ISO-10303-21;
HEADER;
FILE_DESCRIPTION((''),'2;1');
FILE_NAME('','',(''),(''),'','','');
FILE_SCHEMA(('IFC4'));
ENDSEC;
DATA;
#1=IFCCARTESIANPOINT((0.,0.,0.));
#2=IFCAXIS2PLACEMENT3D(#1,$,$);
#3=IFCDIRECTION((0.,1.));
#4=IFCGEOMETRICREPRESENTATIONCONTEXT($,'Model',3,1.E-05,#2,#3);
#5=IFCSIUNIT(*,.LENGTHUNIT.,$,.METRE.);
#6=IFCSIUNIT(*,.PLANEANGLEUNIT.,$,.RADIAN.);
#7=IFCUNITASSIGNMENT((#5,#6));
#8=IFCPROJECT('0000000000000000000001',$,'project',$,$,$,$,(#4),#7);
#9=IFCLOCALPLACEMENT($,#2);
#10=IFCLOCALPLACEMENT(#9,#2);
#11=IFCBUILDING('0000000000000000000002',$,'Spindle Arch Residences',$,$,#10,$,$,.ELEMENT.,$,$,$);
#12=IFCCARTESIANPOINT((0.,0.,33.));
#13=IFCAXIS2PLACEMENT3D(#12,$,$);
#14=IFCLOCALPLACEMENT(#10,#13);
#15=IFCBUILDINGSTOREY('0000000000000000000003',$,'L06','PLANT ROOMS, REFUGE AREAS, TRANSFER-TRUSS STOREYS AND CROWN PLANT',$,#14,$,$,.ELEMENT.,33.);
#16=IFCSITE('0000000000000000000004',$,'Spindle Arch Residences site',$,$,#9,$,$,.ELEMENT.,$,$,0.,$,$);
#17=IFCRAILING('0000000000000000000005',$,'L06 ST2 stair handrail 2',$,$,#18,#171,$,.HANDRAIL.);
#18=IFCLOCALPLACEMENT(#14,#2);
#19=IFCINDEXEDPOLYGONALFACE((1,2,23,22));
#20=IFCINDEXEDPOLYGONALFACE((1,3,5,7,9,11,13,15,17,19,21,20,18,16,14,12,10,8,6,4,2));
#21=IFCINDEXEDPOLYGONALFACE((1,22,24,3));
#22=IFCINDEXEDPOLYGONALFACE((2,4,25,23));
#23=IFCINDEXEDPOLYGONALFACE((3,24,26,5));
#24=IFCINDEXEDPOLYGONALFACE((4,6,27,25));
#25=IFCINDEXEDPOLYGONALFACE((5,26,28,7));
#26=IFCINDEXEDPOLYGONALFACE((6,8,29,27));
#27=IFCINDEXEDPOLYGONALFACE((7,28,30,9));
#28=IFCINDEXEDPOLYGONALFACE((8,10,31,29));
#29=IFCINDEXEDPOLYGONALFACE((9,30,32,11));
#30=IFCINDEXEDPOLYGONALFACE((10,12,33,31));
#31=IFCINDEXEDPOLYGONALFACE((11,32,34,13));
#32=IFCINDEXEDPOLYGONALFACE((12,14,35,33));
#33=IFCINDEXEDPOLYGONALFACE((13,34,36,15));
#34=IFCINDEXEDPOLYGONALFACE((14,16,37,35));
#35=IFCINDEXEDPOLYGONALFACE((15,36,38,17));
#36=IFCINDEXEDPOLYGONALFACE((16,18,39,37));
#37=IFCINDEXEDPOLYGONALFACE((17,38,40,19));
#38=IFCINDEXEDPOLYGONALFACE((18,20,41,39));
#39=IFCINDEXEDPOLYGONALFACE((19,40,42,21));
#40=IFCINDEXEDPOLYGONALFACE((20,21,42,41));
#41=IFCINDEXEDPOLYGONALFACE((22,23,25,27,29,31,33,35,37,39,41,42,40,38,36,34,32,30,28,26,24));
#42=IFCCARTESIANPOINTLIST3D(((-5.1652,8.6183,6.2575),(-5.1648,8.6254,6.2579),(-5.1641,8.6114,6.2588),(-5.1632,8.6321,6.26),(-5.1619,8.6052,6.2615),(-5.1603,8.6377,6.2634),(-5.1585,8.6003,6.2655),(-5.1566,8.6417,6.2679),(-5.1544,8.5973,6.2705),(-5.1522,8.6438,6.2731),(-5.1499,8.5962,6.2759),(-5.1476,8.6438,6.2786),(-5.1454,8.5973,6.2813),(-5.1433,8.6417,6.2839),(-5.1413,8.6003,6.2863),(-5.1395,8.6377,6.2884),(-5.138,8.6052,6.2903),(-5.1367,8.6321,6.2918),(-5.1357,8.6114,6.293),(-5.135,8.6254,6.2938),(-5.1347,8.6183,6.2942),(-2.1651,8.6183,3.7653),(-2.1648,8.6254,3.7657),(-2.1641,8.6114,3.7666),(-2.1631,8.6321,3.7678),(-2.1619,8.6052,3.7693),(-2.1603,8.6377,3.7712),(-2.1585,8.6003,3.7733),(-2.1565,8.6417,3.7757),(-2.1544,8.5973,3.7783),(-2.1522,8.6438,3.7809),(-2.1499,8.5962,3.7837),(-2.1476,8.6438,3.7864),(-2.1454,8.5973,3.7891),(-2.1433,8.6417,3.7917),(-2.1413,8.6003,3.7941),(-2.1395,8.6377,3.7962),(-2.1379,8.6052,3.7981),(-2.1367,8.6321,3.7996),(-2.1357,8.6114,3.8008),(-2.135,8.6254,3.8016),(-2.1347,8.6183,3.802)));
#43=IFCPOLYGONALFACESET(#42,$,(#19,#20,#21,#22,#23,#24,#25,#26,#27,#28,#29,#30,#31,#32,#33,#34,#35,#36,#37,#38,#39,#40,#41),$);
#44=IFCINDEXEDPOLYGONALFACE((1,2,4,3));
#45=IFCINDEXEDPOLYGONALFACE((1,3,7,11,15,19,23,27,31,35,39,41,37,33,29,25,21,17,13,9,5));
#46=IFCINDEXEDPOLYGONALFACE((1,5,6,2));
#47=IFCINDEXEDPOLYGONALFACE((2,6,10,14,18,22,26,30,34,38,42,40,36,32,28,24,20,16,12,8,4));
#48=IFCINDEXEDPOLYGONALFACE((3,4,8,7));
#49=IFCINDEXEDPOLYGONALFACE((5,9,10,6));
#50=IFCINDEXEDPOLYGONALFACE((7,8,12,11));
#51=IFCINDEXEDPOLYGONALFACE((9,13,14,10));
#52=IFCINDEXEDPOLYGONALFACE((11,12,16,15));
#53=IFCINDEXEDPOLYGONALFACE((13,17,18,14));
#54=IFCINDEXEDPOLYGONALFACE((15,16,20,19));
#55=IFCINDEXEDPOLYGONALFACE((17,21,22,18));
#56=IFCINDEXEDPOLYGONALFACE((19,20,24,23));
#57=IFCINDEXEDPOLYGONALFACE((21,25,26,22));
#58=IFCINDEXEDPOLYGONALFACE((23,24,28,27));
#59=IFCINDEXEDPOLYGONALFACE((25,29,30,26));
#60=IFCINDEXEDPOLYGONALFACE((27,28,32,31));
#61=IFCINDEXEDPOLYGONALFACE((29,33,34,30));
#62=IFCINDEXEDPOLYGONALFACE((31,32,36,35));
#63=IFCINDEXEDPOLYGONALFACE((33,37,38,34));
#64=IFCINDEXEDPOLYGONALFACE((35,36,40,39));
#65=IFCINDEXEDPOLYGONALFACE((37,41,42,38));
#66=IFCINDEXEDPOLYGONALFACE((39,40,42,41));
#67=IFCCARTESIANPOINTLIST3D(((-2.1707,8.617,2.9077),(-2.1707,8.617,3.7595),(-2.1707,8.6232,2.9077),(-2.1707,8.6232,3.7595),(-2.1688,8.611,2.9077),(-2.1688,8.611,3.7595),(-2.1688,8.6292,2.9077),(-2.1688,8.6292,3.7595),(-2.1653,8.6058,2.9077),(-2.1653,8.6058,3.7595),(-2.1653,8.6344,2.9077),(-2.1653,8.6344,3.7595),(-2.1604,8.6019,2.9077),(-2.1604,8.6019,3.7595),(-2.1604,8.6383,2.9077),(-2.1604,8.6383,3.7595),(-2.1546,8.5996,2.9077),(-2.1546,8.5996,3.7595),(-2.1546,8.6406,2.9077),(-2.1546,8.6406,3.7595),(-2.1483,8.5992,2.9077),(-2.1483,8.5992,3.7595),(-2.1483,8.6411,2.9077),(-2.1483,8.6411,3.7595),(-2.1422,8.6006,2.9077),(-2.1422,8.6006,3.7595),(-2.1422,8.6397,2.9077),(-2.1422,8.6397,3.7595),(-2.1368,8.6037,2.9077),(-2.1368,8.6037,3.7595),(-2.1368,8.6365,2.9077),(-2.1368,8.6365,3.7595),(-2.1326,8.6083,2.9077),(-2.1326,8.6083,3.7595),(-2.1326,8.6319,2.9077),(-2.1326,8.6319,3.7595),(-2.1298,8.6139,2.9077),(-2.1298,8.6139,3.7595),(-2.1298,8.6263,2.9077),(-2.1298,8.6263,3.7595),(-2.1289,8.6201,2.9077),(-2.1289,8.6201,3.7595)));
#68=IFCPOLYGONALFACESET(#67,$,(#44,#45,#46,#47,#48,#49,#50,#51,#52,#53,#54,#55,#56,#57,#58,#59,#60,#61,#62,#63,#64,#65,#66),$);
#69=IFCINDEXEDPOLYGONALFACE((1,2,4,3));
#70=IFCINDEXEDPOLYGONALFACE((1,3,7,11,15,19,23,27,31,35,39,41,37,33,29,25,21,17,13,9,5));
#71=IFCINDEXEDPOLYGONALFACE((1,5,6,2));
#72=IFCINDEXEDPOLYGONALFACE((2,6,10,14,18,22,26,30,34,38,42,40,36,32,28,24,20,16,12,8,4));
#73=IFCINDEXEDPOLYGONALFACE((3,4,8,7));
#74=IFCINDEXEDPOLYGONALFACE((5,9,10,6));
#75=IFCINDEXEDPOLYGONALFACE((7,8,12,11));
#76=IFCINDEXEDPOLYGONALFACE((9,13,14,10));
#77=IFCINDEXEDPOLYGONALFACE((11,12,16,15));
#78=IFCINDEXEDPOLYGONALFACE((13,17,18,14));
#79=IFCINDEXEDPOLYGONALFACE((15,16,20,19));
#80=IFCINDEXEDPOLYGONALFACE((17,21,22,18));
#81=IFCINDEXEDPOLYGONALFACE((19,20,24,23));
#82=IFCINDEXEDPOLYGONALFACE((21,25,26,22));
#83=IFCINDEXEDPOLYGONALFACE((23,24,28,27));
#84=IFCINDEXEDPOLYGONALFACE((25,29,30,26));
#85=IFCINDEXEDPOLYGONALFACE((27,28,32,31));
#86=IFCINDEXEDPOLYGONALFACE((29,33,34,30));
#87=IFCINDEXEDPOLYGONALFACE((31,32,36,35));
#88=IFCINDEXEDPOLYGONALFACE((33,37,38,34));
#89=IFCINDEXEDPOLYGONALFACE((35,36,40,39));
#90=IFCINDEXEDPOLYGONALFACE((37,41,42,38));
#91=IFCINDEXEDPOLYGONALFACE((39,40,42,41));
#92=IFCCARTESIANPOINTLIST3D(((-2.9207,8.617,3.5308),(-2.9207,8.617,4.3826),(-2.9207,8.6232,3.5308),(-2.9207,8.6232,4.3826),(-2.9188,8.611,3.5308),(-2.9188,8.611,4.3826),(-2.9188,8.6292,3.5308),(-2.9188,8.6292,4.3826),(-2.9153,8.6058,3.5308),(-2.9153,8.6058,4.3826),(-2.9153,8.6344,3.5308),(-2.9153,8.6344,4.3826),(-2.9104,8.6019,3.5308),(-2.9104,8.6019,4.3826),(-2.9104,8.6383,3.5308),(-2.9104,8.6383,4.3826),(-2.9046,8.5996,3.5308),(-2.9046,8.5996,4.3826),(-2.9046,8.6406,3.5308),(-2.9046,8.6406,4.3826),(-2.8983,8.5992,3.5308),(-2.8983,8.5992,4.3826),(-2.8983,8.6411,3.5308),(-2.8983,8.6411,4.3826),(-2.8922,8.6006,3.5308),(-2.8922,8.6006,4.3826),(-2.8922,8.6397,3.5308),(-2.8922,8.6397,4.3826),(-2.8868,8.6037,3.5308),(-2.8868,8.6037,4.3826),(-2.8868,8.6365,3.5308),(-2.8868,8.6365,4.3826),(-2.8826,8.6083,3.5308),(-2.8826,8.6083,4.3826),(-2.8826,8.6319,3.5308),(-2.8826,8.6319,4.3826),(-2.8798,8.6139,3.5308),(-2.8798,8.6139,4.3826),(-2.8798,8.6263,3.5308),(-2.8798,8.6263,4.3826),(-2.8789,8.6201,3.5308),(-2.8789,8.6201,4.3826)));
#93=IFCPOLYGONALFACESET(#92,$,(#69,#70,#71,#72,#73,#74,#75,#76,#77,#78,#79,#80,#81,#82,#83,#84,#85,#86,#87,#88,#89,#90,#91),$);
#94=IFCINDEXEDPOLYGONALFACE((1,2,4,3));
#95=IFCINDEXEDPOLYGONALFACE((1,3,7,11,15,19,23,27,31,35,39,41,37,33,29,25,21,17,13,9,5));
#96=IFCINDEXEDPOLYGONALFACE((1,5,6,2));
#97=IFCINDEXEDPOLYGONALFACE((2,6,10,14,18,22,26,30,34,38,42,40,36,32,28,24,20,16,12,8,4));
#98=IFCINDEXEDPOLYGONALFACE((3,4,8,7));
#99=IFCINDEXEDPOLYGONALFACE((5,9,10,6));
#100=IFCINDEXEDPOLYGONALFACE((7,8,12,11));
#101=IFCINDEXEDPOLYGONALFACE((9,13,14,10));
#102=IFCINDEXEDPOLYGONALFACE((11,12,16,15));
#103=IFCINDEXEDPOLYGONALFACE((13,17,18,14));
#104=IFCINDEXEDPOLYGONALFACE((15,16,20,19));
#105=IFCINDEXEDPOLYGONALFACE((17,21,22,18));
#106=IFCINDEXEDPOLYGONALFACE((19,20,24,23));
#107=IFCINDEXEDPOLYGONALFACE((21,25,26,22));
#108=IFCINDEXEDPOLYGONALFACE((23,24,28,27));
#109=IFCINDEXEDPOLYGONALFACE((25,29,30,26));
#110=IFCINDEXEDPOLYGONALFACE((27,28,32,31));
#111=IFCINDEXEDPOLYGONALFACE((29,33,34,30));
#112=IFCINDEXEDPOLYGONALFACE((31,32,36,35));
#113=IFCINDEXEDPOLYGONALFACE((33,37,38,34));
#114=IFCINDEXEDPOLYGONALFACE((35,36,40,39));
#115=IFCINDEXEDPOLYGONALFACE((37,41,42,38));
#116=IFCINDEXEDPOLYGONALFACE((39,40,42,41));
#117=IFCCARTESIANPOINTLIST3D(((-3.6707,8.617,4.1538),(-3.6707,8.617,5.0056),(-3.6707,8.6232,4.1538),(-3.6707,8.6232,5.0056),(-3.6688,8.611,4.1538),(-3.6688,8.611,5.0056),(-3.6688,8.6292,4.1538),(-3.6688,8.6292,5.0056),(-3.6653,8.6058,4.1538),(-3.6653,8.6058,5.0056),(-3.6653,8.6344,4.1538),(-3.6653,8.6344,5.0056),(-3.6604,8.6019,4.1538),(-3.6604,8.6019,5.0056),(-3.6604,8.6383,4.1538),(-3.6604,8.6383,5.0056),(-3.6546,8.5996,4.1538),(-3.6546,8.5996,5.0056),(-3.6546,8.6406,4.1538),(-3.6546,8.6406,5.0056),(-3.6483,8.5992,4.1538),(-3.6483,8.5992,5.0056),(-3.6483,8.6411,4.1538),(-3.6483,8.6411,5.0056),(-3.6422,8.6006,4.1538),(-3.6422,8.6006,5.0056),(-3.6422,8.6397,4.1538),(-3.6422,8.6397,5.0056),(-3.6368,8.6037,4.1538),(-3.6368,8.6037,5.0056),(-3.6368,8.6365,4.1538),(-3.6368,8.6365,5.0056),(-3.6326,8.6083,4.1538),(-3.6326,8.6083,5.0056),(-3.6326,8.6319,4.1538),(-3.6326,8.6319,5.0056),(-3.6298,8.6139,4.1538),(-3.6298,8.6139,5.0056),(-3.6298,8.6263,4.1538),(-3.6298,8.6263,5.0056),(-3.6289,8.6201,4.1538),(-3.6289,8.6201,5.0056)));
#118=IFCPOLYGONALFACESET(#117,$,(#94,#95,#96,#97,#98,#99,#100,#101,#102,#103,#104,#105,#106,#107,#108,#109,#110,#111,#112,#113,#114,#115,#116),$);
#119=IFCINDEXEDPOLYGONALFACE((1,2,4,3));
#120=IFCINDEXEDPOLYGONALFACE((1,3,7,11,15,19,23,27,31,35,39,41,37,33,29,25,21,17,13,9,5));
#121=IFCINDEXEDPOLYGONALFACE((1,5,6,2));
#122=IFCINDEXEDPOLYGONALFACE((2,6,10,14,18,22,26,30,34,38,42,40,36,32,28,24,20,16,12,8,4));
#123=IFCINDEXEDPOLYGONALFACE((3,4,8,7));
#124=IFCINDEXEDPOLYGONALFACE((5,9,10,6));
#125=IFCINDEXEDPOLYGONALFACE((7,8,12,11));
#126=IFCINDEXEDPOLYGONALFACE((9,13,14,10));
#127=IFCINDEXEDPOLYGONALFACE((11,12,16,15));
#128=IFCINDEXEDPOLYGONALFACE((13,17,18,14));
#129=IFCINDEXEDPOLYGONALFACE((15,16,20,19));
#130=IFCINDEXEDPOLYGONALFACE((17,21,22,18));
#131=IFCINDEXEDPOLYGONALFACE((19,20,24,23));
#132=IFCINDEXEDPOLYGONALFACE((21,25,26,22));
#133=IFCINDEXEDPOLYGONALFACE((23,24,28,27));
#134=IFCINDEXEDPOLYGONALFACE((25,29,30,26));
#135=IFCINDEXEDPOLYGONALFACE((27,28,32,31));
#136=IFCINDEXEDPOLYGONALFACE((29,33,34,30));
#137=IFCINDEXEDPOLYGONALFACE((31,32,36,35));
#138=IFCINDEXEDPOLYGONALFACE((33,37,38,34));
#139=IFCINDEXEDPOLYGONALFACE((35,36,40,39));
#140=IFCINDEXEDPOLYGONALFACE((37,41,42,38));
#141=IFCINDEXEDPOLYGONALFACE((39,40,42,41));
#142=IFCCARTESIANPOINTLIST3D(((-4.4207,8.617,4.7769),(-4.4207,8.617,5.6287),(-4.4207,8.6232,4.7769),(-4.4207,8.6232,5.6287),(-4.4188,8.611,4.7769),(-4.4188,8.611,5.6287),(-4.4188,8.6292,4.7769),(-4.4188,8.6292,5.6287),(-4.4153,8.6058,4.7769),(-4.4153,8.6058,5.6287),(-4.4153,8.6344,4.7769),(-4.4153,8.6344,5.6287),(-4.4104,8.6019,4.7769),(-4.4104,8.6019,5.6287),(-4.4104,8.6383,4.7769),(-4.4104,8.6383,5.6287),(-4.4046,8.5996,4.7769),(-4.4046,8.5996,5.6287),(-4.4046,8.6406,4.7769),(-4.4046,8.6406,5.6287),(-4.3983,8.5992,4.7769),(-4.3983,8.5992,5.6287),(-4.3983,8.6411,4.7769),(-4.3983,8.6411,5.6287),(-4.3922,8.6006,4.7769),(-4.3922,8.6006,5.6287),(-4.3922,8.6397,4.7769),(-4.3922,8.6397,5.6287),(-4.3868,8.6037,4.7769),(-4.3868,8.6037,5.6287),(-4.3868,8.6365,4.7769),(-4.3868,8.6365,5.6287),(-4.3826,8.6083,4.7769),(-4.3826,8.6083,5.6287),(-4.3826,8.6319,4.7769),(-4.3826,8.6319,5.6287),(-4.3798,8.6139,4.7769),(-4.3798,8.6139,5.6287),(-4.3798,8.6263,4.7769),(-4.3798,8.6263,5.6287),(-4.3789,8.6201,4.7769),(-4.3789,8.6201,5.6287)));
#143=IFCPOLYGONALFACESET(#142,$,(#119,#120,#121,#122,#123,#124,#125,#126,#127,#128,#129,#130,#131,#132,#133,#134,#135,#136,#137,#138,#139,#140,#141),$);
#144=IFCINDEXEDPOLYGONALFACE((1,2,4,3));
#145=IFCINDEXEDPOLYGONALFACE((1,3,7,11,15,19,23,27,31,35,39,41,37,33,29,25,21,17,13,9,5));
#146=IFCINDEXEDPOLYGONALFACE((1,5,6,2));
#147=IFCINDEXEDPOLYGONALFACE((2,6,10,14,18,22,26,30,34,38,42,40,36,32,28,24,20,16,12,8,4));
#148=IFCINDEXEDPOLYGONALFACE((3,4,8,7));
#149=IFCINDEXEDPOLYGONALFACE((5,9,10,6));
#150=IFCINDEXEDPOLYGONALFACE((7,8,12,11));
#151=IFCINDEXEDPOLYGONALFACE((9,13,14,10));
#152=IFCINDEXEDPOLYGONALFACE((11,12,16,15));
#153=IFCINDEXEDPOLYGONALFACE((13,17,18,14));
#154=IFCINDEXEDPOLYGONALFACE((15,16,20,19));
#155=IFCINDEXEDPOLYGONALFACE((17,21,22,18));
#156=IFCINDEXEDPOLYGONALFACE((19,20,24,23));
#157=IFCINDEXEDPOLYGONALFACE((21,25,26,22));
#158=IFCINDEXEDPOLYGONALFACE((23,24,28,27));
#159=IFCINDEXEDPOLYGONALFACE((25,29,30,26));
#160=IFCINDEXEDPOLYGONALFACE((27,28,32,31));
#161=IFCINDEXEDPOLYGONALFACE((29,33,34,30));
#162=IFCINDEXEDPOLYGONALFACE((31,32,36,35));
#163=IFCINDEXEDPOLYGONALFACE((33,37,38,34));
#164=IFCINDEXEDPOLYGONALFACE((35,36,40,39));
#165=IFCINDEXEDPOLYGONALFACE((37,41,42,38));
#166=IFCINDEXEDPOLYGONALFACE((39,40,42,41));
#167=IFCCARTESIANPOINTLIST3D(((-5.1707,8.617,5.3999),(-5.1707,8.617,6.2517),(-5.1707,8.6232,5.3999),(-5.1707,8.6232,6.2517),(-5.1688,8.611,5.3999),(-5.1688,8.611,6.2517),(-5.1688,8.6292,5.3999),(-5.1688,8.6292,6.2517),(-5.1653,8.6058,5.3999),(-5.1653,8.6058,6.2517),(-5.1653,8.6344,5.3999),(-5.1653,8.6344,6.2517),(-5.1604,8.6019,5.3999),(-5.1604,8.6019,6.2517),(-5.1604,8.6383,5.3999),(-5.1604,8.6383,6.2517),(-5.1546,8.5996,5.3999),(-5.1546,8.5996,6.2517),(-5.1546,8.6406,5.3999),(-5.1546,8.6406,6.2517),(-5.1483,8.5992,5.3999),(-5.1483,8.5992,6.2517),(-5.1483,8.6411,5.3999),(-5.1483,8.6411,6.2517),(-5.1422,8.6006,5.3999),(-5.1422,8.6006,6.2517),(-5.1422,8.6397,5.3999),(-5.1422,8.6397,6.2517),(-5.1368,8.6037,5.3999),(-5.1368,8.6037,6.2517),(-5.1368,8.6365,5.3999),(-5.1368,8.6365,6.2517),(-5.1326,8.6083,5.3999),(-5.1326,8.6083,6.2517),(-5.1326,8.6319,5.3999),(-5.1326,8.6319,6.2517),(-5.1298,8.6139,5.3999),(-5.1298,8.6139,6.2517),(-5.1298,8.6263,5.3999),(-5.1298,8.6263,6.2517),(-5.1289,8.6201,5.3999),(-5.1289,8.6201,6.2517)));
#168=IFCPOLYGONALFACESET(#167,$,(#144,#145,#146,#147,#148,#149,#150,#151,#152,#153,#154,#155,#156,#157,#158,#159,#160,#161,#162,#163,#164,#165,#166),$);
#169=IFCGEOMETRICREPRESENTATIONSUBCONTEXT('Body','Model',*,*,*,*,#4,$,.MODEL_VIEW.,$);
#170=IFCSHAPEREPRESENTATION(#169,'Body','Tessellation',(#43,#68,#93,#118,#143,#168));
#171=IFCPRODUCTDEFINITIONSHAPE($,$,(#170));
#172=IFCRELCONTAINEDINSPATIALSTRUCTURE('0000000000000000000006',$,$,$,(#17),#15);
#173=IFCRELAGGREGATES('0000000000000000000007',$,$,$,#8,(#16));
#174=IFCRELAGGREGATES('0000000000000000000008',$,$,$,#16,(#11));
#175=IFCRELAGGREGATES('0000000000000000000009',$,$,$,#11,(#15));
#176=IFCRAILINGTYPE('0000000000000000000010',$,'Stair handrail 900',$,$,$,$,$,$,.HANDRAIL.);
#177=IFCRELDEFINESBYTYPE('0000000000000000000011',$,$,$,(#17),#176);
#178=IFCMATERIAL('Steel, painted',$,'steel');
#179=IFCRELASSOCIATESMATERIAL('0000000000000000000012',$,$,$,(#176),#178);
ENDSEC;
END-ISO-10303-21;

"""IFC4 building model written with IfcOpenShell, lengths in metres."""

from ifc_helpers import new_model, si_unit, direction, frame, origin, origin_2d, place, context, subcontext, project, spatial, circle, extrude, material, type_object, element, save


model = new_model("IFC4")

# Units and contexts
model_context = context("Model", 3, precision=1e-05, world=origin(), true_north=direction((0.0, 1.0)))
body_context = subcontext(model_context, "Body", "Model", "MODEL_VIEW")
ifc_project = project(units=[si_unit("LENGTHUNIT", "METRE"), si_unit("PLANEANGLEUNIT", "RADIAN")], contexts=[model_context])

# Site, building, storey
site_placement = place(None, origin())
site = spatial("IfcSite", under=ifc_project, at=site_placement, Name="Spindle Arch Residences site", CompositionType="ELEMENT", RefElevation=0.0)
building_placement = place(site_placement, origin())
building = spatial("IfcBuilding", under=site, at=building_placement, Name="Spindle Arch Residences", CompositionType="ELEMENT")
storey_placement = place(building_placement, frame((0.0, 0.0, 33.0)))
storey = spatial("IfcBuildingStorey", under=building, at=storey_placement, Name="L06", Description="PLANT ROOMS, REFUGE AREAS, TRANSFER-TRUSS STOREYS AND CROWN PLANT", CompositionType="ELEMENT", Elevation=33.0)

# Railing
ifc_material_1 = material(Name="Steel, painted", Category="steel")
railing_type = type_object("IfcRailingType", Name="Stair handrail 900", PredefinedType="HANDRAIL", material=ifc_material_1)
railing_placement = place(storey_placement, frame((-2.1499, 8.6201, 2.9077)))
element("IfcRailing", 1, at=railing_placement, inside=storey, type_object=railing_type, Name="L06 ST2 stair handrail 2", PredefinedType="HANDRAIL", context=body_context, shape_type="SweptSolid", body=[
    extrude(circle(Radius=0.0239, at=origin_2d()), frame((0.0, 0.0, 0.876), z_axis=(-0.769206, 0.0, 0.639001), x_axis=(0.0, -1.0, 0.0)), (0.0, 0.0, 1.0), 3.9001),
    extrude(circle(Radius=0.021, at=origin_2d()), origin(), (0.0, 0.0, 1.0), 0.8518),
    extrude(circle(Radius=0.021, at=origin_2d()), frame((-0.75, 0.0, 0.623)), (0.0, 0.0, 1.0), 0.8518),
    extrude(circle(Radius=0.021, at=origin_2d()), frame((-1.5, 0.0, 1.2461)), (0.0, 0.0, 1.0), 0.8518),
    extrude(circle(Radius=0.021, at=origin_2d()), frame((-2.25, 0.0, 1.8691)), (0.0, 0.0, 1.0), 0.8518),
    extrude(circle(Radius=0.021, at=origin_2d()), frame((-3.0, 0.0, 2.4922)), (0.0, 0.0, 1.0), 0.8518),
])

save(model, "model.ifc")
